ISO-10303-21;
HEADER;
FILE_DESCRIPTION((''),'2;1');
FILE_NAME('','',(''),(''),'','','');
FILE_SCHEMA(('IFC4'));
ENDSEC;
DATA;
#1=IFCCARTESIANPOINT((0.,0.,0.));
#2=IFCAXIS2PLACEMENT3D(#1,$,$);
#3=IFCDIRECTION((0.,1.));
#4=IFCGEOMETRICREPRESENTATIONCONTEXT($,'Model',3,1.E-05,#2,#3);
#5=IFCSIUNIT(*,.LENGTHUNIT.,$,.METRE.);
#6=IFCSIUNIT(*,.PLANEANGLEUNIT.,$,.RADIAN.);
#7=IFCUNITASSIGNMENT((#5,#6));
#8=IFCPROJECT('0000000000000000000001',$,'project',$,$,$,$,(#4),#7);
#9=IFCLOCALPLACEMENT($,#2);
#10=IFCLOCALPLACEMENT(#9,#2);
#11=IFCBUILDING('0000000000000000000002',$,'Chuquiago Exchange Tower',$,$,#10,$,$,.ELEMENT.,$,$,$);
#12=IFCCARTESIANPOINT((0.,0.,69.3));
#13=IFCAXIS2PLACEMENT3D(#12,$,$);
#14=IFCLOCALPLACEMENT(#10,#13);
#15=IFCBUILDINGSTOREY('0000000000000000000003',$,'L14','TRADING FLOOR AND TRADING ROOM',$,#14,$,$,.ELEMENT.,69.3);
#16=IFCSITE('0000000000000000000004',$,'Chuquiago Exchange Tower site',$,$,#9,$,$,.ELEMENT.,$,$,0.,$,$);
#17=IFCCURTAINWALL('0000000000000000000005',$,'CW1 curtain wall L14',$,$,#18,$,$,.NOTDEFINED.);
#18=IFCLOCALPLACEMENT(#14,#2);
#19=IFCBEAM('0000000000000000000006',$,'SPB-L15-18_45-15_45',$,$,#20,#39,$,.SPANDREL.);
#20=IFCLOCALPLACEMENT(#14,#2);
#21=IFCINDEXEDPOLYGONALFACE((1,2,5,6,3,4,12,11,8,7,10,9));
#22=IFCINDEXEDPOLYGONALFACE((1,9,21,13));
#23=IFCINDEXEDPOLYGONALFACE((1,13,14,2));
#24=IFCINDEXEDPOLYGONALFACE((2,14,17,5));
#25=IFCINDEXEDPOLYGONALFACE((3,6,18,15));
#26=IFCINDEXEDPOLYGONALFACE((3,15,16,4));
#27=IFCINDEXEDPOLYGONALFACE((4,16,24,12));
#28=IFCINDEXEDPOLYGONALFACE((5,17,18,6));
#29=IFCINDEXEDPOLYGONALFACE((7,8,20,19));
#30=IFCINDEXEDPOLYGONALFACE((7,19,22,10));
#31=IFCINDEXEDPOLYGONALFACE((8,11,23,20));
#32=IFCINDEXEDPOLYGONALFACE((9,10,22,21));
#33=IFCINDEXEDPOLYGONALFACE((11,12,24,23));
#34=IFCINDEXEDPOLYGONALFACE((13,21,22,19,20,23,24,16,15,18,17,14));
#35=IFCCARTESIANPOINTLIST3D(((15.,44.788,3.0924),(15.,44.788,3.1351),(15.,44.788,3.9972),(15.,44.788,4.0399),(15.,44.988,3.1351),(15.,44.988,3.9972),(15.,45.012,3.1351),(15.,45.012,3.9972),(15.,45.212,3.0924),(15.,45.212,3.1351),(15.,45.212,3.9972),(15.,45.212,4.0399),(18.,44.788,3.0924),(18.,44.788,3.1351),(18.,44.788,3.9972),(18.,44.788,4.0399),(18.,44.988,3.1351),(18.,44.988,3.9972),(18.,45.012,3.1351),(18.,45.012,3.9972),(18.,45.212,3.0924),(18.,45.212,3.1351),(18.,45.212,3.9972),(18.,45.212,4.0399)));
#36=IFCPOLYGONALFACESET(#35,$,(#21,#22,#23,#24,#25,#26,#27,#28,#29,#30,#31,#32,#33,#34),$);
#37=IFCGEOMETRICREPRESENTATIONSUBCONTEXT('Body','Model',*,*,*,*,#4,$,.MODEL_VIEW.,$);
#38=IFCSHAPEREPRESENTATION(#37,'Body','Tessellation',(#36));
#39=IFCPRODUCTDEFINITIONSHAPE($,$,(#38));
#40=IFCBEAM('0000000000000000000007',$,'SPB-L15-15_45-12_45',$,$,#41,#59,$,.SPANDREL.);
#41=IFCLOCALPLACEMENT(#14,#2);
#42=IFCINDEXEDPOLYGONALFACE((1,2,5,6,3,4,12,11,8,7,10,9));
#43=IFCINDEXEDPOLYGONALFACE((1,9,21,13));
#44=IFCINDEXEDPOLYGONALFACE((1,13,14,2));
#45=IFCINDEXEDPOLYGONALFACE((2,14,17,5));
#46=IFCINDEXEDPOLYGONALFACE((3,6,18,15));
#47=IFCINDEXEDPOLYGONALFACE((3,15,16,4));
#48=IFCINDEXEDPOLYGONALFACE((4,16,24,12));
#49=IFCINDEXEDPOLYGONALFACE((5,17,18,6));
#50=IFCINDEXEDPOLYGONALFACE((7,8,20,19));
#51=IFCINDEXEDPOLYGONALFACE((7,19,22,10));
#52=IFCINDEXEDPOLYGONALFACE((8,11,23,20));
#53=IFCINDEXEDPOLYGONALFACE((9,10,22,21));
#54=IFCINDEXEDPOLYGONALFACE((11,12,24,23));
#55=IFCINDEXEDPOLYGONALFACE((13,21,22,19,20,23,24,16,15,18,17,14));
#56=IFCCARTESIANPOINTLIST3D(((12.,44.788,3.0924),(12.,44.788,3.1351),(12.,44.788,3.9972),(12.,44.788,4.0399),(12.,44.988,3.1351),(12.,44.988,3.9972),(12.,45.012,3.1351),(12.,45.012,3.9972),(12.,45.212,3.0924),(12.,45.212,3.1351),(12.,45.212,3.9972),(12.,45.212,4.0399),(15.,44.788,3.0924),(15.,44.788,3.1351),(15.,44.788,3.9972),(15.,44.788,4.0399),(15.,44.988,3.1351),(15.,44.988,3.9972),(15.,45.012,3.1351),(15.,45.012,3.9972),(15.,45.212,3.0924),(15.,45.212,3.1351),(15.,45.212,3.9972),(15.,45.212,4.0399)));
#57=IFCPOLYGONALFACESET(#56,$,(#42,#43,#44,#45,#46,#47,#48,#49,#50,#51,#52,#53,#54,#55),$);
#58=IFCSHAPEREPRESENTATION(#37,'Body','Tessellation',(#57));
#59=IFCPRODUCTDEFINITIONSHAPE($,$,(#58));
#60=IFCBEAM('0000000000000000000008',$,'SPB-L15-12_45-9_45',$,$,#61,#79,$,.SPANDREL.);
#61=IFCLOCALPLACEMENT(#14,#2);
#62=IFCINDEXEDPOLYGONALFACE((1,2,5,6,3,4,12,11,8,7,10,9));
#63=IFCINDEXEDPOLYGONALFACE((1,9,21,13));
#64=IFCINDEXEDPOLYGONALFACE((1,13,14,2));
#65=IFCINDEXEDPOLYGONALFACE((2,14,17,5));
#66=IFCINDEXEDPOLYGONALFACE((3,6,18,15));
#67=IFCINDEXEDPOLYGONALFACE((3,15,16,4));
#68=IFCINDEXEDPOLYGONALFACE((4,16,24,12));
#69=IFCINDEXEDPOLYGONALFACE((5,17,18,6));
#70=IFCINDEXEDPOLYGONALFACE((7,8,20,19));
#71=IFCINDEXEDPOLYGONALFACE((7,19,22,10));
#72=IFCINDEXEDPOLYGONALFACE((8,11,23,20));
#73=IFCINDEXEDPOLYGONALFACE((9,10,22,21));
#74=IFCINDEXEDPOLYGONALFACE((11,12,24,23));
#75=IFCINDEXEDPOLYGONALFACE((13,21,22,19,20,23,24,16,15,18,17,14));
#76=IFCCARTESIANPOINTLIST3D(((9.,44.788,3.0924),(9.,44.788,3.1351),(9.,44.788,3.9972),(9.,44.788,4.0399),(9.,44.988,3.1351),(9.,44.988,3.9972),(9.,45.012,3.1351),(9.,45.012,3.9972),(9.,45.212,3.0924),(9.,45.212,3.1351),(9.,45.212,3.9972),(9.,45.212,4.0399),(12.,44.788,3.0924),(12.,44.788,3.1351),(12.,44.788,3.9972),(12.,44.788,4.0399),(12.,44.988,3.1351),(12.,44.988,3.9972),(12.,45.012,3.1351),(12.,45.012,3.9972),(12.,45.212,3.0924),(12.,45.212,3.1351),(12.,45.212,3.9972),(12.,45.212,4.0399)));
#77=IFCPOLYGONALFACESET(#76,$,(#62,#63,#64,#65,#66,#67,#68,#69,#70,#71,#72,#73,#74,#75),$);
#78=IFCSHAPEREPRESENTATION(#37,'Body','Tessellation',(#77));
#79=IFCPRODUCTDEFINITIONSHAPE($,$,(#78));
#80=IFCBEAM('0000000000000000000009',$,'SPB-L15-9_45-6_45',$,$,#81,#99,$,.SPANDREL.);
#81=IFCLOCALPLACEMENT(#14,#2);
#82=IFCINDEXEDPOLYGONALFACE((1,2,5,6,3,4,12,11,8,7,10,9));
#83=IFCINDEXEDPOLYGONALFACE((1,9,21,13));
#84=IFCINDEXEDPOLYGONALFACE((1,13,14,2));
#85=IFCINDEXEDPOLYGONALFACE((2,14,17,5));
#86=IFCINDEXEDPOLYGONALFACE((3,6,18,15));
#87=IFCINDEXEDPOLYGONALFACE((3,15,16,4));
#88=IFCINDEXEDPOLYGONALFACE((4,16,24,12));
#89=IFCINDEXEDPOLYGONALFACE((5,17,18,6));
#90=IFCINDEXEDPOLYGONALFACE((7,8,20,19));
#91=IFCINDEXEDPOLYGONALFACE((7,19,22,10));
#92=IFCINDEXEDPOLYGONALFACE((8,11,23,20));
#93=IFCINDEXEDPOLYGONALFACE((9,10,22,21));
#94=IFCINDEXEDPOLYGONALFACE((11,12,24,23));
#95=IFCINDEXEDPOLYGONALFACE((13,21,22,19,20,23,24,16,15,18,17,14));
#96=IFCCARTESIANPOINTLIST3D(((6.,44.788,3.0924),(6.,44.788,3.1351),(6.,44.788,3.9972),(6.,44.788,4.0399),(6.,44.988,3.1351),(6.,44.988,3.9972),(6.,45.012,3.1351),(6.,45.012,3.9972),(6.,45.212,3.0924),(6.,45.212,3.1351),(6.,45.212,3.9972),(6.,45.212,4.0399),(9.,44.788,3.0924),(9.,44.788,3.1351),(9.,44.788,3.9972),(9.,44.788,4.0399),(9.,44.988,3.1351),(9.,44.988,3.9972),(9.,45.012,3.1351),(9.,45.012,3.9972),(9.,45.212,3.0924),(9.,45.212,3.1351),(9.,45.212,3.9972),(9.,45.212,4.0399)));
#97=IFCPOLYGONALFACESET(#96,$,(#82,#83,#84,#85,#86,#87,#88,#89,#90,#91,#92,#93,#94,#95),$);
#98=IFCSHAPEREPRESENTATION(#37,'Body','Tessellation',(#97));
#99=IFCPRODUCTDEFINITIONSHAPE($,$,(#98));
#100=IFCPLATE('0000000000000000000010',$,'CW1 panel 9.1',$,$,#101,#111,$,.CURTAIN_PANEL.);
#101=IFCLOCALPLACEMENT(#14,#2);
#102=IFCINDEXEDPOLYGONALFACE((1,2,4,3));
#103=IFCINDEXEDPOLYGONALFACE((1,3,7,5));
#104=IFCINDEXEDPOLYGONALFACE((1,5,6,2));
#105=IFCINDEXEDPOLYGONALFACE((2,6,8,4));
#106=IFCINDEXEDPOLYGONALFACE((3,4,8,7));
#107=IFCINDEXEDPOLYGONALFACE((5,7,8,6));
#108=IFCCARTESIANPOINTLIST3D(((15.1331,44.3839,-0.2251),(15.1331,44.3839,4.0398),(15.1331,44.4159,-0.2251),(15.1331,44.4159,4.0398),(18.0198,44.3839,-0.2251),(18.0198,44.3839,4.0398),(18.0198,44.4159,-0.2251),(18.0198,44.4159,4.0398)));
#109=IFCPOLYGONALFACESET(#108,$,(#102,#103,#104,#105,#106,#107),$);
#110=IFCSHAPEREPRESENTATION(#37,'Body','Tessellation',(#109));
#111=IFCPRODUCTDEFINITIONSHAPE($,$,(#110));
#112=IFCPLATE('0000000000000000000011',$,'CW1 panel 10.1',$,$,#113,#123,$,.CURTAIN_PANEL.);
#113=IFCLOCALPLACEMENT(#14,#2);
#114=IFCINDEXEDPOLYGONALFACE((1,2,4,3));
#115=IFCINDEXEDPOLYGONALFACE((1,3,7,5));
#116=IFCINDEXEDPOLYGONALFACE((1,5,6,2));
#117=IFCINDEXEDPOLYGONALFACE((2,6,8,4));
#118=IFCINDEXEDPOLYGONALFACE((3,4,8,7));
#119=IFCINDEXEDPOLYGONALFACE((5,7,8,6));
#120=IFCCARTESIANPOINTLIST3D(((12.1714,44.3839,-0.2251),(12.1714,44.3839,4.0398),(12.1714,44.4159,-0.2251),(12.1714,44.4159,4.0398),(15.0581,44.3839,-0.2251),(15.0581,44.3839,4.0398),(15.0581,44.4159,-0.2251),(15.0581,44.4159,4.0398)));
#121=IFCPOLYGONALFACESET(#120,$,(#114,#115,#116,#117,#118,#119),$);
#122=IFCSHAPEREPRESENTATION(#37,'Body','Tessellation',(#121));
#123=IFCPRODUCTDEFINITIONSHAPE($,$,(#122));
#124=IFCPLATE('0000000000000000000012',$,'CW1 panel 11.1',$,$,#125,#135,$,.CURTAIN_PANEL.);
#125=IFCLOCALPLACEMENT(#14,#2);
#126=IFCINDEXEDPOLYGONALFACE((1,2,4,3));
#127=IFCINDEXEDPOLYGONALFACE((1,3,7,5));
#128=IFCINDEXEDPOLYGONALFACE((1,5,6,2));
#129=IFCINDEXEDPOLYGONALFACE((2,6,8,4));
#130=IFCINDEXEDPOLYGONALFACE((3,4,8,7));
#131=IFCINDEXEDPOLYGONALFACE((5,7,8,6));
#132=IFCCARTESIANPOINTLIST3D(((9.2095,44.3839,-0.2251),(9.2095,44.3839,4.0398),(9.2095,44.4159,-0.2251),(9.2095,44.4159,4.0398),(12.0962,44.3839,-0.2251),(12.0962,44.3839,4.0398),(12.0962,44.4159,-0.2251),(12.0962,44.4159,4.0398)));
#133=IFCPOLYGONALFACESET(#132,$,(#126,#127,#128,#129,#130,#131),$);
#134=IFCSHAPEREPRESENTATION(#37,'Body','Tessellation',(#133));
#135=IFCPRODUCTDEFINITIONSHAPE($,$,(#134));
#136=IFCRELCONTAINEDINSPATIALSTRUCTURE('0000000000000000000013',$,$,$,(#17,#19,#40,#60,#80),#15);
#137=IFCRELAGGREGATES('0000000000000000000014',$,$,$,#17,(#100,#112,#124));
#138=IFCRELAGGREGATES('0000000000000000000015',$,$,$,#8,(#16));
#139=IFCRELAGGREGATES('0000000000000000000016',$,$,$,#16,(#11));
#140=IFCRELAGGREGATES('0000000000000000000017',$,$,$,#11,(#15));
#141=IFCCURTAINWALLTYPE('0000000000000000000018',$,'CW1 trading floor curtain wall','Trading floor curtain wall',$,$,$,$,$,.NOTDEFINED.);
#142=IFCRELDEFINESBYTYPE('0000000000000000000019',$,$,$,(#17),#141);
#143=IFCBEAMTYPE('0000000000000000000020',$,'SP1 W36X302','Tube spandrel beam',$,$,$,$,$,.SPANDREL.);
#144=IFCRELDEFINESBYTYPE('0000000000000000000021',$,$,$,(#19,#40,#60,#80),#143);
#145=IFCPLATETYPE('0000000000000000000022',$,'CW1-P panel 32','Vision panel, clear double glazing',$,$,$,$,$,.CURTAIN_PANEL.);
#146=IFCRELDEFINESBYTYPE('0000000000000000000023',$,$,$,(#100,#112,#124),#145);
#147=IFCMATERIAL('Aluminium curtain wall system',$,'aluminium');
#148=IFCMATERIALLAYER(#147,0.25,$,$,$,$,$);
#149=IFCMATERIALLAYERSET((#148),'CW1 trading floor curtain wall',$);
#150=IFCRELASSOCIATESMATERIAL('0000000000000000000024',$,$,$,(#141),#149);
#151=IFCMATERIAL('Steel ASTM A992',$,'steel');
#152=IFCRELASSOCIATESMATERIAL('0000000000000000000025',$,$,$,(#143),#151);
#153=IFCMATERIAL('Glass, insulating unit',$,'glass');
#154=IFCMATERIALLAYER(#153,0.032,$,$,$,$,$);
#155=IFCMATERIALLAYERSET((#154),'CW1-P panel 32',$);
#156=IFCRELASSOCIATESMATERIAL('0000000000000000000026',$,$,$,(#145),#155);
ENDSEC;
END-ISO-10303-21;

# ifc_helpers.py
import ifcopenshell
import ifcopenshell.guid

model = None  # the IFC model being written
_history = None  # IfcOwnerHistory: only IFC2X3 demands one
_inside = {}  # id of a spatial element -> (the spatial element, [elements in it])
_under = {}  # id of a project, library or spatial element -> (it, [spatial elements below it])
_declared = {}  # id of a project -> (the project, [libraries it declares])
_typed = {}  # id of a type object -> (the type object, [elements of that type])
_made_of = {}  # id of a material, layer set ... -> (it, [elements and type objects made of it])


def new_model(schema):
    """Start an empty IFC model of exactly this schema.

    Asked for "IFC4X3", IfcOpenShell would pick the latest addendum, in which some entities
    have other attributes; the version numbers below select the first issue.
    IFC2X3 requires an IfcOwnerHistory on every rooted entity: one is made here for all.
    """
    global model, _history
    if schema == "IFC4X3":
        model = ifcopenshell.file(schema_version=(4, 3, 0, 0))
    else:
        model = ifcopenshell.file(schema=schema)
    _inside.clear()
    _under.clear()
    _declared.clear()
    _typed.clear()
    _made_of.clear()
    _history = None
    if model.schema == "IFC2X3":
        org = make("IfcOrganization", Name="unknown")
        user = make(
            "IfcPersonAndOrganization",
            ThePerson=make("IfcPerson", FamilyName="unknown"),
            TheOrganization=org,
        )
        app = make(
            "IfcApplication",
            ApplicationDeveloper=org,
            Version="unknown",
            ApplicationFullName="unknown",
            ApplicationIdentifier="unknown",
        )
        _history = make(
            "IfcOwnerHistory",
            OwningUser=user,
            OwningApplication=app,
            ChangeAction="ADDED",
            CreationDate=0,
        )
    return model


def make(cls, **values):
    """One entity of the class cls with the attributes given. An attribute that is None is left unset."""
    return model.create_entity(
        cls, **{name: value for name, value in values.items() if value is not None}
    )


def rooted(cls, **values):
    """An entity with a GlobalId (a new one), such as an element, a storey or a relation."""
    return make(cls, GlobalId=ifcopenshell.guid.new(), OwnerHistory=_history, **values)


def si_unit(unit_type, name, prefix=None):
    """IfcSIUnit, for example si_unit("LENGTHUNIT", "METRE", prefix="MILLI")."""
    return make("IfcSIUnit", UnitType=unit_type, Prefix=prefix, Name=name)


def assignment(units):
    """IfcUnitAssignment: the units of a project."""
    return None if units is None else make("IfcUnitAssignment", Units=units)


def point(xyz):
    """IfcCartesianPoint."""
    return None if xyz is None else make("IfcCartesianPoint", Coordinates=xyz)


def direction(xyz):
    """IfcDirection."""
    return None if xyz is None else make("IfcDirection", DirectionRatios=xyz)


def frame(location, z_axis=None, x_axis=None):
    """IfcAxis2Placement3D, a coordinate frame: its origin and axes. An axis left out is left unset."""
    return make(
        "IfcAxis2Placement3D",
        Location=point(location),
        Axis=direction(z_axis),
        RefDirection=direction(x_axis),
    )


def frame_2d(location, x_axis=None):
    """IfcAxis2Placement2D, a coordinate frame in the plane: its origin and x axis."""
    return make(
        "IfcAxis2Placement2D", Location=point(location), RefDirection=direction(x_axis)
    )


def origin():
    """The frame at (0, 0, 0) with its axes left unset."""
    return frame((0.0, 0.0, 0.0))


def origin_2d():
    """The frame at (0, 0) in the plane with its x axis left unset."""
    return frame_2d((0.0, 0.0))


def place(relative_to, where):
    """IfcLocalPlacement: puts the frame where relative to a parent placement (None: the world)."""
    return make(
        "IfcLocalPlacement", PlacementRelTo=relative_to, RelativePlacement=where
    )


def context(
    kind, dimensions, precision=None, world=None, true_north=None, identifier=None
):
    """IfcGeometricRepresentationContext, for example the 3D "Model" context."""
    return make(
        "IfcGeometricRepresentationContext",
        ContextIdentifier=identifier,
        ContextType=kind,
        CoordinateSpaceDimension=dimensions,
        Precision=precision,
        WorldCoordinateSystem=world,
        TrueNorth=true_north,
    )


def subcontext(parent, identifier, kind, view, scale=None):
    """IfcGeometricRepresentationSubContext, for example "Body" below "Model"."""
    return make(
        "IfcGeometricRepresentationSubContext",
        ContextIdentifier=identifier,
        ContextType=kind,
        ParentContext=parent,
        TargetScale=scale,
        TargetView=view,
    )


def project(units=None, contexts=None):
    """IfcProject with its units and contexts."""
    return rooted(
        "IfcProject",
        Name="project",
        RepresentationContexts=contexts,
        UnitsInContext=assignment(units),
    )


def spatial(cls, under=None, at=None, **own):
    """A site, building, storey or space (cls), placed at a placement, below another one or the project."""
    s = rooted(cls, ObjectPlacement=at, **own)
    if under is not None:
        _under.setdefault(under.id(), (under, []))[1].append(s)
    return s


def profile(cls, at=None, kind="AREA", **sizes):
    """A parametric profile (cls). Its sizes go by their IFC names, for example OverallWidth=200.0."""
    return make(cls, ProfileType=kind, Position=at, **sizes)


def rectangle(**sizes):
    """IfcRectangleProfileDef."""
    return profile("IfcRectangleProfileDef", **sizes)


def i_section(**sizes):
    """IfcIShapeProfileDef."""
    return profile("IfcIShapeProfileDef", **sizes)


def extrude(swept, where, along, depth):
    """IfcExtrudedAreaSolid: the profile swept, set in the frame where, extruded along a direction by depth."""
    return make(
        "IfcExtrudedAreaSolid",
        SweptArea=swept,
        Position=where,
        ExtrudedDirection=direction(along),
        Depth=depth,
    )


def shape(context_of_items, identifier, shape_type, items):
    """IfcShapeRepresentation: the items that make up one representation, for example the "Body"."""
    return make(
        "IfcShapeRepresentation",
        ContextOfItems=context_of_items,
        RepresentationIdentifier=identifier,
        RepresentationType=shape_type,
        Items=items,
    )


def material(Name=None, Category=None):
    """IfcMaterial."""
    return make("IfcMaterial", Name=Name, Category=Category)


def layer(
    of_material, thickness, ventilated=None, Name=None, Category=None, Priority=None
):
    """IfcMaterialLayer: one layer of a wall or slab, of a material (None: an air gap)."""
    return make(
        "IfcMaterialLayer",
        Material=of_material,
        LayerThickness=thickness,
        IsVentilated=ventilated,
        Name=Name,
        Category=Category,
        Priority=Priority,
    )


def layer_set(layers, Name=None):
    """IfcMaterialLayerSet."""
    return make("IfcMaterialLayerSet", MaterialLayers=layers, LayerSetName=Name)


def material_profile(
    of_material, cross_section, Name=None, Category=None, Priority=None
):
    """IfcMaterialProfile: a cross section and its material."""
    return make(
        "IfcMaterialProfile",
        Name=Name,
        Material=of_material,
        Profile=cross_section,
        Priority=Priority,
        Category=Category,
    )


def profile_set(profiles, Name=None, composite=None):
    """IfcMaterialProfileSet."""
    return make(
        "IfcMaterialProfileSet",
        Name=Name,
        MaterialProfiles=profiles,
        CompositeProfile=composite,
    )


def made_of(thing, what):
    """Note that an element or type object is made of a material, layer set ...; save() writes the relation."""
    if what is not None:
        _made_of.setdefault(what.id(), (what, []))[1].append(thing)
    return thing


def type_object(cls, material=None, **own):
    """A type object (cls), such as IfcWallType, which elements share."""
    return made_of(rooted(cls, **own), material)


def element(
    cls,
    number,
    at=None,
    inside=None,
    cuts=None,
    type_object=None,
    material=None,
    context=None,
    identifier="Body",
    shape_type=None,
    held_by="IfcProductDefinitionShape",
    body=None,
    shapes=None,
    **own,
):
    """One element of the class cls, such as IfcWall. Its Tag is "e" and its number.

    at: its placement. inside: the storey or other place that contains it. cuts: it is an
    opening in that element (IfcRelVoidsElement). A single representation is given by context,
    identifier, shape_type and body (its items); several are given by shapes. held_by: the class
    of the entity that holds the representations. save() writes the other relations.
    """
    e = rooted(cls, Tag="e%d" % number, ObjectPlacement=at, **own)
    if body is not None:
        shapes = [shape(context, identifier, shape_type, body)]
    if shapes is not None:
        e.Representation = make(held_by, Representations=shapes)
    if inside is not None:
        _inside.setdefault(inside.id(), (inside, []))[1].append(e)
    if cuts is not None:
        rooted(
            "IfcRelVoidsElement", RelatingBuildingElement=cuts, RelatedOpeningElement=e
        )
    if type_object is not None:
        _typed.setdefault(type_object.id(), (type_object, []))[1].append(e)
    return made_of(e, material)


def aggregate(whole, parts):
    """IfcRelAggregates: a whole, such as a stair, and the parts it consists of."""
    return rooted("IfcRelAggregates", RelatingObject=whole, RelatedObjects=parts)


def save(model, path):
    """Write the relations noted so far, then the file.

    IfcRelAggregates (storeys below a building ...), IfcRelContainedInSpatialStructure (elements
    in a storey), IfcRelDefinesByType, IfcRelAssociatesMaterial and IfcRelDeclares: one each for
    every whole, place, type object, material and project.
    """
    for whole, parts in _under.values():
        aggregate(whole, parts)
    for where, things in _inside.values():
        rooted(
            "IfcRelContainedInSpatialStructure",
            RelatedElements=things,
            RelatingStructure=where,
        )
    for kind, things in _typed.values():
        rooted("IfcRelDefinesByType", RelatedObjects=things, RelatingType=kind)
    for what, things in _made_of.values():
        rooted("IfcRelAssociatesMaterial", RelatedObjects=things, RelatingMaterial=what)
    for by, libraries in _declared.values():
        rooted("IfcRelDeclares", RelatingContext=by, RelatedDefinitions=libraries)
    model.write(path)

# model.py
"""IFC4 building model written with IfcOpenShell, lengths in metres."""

from ifc_helpers import new_model, si_unit, direction, frame, origin, origin_2d, place, context, subcontext, project, spatial, rectangle, i_section, extrude, material, layer, layer_set, material_profile, profile_set, type_object, element, aggregate, save


model = new_model("IFC4")

# Units and contexts
model_context = context("Model", 3, precision=1e-05, world=origin(), true_north=direction((0.0, 1.0)))
body_context = subcontext(model_context, "Body", "Model", "MODEL_VIEW")
ifc_project = project(units=[si_unit("LENGTHUNIT", "METRE"), si_unit("PLANEANGLEUNIT", "RADIAN")], contexts=[model_context])

# Site, building, storey
site_placement = place(None, origin())
site = spatial("IfcSite", under=ifc_project, at=site_placement, Name="Chuquiago Exchange Tower site", CompositionType="ELEMENT", RefElevation=0.0)
building_placement = place(site_placement, origin())
building = spatial("IfcBuilding", under=site, at=building_placement, Name="Chuquiago Exchange Tower", CompositionType="ELEMENT")
storey_placement = place(building_placement, frame((0.0, 0.0, 69.3)))
storey = spatial("IfcBuildingStorey", under=building, at=storey_placement, Name="L14", Description="TRADING FLOOR AND TRADING ROOM", CompositionType="ELEMENT", Elevation=69.3)

# Curtain wall
ifc_material_1 = material(Name="Aluminium curtain wall system", Category="aluminium")
ifc_layer_1 = layer(ifc_material_1, 0.25)
ifc_layer_set_1 = layer_set([ifc_layer_1], Name="CW1 trading floor curtain wall")
curtain_wall_type = type_object("IfcCurtainWallType", Name="CW1 trading floor curtain wall", Description="Trading floor curtain wall", PredefinedType="NOTDEFINED", material=ifc_layer_set_1)
curtain_wall_placement = place(storey_placement, origin())
curtain_wall = element("IfcCurtainWall", 1, at=curtain_wall_placement, inside=storey, type_object=curtain_wall_type, Name="CW1 curtain wall L14", PredefinedType="NOTDEFINED")

# Beams
ifc_material_2 = material(Name="Steel ASTM A992", Category="steel")
ifc_material_profile_1 = material_profile(ifc_material_2, i_section(OverallWidth=0.4241, OverallDepth=0.9475, WebThickness=0.0239, FlangeThickness=0.0427, at=origin_2d()), Name="W36X302")
ifc_profile_set_1 = profile_set([ifc_material_profile_1], Name="Steel ASTM A992")
beam_type = type_object("IfcBeamType", Name="SP1 W36X302", Description="Tube spandrel beam", PredefinedType="SPANDREL", material=ifc_profile_set_1)
for number, where, z_axis, x_axis, name in (
    (2, (18.0, 45.0, 3.5662), (-1.0, 0.0, 0.0), (0.0, -1.0, 0.0), "SPB-L15-18_45-15_45"),
    (3, (15.0, 45.0, 3.5662), (-1.0, 0.0, 0.0), (0.0, -1.0, 0.0), "SPB-L15-15_45-12_45"),
    (4, (12.0, 45.0, 3.5662), (-1.0, 0.0, 0.0), (0.0, -1.0, 0.0), "SPB-L15-12_45-9_45"),
    (5, (9.0, 45.0, 3.5662), (-1.0, 0.0, 0.0), (0.0, -1.0, 0.0), "SPB-L15-9_45-6_45"),
):
    element("IfcBeam", number, at=place(storey_placement, frame(where, z_axis=z_axis, x_axis=x_axis)), inside=storey, type_object=beam_type, Name=name, PredefinedType="SPANDREL", context=body_context, shape_type="SweptSolid", body=[
        extrude(i_section(OverallWidth=0.4241, OverallDepth=0.9475, WebThickness=0.0239, FlangeThickness=0.0427, at=origin_2d()), origin(), (0.0, 0.0, 1.0), 3.0),
    ])

# Plates
ifc_material_3 = material(Name="Glass, insulating unit", Category="glass")
ifc_layer_2 = layer(ifc_material_3, 0.032)
ifc_layer_set_2 = layer_set([ifc_layer_2], Name="CW1-P panel 32")
plate_type = type_object("IfcPlateType", Name="CW1-P panel 32", Description="Vision panel, clear double glazing", PredefinedType="CURTAIN_PANEL", material=ifc_layer_set_2)
plate_1_placement = place(storey_placement, frame((16.5764, 44.3999, -0.2251), z_axis=(0.0, 0.0, 1.0), x_axis=(-1.0, 0.0, 0.0)))
plate_1 = element("IfcPlate", 6, at=plate_1_placement, type_object=plate_type, Name="CW1 panel 9.1", PredefinedType="CURTAIN_PANEL", context=body_context, shape_type="SweptSolid", body=[
    extrude(rectangle(XDim=2.8867, YDim=0.032, at=origin_2d()), origin(), (0.0, 0.0, 1.0), 4.2649),
])
plate_2_placement = place(storey_placement, frame((13.6147, 44.3999, -0.2251), z_axis=(0.0, 0.0, 1.0), x_axis=(-1.0, 0.0, 0.0)))
plate_2 = element("IfcPlate", 7, at=plate_2_placement, type_object=plate_type, Name="CW1 panel 10.1", PredefinedType="CURTAIN_PANEL", context=body_context, shape_type="SweptSolid", body=[
    extrude(rectangle(XDim=2.8867, YDim=0.032, at=origin_2d()), origin(), (0.0, 0.0, 1.0), 4.2649),
])
plate_3_placement = place(storey_placement, frame((10.6528, 44.3999, -0.2251), z_axis=(0.0, 0.0, 1.0), x_axis=(-1.0, 0.0, 0.0)))
plate_3 = element("IfcPlate", 8, at=plate_3_placement, type_object=plate_type, Name="CW1 panel 11.1", PredefinedType="CURTAIN_PANEL", context=body_context, shape_type="SweptSolid", body=[
    extrude(rectangle(XDim=2.8867, YDim=0.032, at=origin_2d()), origin(), (0.0, 0.0, 1.0), 4.2649),
])
aggregate(curtain_wall, [plate_1, plate_2, plate_3])

save(model, "model.ifc")
